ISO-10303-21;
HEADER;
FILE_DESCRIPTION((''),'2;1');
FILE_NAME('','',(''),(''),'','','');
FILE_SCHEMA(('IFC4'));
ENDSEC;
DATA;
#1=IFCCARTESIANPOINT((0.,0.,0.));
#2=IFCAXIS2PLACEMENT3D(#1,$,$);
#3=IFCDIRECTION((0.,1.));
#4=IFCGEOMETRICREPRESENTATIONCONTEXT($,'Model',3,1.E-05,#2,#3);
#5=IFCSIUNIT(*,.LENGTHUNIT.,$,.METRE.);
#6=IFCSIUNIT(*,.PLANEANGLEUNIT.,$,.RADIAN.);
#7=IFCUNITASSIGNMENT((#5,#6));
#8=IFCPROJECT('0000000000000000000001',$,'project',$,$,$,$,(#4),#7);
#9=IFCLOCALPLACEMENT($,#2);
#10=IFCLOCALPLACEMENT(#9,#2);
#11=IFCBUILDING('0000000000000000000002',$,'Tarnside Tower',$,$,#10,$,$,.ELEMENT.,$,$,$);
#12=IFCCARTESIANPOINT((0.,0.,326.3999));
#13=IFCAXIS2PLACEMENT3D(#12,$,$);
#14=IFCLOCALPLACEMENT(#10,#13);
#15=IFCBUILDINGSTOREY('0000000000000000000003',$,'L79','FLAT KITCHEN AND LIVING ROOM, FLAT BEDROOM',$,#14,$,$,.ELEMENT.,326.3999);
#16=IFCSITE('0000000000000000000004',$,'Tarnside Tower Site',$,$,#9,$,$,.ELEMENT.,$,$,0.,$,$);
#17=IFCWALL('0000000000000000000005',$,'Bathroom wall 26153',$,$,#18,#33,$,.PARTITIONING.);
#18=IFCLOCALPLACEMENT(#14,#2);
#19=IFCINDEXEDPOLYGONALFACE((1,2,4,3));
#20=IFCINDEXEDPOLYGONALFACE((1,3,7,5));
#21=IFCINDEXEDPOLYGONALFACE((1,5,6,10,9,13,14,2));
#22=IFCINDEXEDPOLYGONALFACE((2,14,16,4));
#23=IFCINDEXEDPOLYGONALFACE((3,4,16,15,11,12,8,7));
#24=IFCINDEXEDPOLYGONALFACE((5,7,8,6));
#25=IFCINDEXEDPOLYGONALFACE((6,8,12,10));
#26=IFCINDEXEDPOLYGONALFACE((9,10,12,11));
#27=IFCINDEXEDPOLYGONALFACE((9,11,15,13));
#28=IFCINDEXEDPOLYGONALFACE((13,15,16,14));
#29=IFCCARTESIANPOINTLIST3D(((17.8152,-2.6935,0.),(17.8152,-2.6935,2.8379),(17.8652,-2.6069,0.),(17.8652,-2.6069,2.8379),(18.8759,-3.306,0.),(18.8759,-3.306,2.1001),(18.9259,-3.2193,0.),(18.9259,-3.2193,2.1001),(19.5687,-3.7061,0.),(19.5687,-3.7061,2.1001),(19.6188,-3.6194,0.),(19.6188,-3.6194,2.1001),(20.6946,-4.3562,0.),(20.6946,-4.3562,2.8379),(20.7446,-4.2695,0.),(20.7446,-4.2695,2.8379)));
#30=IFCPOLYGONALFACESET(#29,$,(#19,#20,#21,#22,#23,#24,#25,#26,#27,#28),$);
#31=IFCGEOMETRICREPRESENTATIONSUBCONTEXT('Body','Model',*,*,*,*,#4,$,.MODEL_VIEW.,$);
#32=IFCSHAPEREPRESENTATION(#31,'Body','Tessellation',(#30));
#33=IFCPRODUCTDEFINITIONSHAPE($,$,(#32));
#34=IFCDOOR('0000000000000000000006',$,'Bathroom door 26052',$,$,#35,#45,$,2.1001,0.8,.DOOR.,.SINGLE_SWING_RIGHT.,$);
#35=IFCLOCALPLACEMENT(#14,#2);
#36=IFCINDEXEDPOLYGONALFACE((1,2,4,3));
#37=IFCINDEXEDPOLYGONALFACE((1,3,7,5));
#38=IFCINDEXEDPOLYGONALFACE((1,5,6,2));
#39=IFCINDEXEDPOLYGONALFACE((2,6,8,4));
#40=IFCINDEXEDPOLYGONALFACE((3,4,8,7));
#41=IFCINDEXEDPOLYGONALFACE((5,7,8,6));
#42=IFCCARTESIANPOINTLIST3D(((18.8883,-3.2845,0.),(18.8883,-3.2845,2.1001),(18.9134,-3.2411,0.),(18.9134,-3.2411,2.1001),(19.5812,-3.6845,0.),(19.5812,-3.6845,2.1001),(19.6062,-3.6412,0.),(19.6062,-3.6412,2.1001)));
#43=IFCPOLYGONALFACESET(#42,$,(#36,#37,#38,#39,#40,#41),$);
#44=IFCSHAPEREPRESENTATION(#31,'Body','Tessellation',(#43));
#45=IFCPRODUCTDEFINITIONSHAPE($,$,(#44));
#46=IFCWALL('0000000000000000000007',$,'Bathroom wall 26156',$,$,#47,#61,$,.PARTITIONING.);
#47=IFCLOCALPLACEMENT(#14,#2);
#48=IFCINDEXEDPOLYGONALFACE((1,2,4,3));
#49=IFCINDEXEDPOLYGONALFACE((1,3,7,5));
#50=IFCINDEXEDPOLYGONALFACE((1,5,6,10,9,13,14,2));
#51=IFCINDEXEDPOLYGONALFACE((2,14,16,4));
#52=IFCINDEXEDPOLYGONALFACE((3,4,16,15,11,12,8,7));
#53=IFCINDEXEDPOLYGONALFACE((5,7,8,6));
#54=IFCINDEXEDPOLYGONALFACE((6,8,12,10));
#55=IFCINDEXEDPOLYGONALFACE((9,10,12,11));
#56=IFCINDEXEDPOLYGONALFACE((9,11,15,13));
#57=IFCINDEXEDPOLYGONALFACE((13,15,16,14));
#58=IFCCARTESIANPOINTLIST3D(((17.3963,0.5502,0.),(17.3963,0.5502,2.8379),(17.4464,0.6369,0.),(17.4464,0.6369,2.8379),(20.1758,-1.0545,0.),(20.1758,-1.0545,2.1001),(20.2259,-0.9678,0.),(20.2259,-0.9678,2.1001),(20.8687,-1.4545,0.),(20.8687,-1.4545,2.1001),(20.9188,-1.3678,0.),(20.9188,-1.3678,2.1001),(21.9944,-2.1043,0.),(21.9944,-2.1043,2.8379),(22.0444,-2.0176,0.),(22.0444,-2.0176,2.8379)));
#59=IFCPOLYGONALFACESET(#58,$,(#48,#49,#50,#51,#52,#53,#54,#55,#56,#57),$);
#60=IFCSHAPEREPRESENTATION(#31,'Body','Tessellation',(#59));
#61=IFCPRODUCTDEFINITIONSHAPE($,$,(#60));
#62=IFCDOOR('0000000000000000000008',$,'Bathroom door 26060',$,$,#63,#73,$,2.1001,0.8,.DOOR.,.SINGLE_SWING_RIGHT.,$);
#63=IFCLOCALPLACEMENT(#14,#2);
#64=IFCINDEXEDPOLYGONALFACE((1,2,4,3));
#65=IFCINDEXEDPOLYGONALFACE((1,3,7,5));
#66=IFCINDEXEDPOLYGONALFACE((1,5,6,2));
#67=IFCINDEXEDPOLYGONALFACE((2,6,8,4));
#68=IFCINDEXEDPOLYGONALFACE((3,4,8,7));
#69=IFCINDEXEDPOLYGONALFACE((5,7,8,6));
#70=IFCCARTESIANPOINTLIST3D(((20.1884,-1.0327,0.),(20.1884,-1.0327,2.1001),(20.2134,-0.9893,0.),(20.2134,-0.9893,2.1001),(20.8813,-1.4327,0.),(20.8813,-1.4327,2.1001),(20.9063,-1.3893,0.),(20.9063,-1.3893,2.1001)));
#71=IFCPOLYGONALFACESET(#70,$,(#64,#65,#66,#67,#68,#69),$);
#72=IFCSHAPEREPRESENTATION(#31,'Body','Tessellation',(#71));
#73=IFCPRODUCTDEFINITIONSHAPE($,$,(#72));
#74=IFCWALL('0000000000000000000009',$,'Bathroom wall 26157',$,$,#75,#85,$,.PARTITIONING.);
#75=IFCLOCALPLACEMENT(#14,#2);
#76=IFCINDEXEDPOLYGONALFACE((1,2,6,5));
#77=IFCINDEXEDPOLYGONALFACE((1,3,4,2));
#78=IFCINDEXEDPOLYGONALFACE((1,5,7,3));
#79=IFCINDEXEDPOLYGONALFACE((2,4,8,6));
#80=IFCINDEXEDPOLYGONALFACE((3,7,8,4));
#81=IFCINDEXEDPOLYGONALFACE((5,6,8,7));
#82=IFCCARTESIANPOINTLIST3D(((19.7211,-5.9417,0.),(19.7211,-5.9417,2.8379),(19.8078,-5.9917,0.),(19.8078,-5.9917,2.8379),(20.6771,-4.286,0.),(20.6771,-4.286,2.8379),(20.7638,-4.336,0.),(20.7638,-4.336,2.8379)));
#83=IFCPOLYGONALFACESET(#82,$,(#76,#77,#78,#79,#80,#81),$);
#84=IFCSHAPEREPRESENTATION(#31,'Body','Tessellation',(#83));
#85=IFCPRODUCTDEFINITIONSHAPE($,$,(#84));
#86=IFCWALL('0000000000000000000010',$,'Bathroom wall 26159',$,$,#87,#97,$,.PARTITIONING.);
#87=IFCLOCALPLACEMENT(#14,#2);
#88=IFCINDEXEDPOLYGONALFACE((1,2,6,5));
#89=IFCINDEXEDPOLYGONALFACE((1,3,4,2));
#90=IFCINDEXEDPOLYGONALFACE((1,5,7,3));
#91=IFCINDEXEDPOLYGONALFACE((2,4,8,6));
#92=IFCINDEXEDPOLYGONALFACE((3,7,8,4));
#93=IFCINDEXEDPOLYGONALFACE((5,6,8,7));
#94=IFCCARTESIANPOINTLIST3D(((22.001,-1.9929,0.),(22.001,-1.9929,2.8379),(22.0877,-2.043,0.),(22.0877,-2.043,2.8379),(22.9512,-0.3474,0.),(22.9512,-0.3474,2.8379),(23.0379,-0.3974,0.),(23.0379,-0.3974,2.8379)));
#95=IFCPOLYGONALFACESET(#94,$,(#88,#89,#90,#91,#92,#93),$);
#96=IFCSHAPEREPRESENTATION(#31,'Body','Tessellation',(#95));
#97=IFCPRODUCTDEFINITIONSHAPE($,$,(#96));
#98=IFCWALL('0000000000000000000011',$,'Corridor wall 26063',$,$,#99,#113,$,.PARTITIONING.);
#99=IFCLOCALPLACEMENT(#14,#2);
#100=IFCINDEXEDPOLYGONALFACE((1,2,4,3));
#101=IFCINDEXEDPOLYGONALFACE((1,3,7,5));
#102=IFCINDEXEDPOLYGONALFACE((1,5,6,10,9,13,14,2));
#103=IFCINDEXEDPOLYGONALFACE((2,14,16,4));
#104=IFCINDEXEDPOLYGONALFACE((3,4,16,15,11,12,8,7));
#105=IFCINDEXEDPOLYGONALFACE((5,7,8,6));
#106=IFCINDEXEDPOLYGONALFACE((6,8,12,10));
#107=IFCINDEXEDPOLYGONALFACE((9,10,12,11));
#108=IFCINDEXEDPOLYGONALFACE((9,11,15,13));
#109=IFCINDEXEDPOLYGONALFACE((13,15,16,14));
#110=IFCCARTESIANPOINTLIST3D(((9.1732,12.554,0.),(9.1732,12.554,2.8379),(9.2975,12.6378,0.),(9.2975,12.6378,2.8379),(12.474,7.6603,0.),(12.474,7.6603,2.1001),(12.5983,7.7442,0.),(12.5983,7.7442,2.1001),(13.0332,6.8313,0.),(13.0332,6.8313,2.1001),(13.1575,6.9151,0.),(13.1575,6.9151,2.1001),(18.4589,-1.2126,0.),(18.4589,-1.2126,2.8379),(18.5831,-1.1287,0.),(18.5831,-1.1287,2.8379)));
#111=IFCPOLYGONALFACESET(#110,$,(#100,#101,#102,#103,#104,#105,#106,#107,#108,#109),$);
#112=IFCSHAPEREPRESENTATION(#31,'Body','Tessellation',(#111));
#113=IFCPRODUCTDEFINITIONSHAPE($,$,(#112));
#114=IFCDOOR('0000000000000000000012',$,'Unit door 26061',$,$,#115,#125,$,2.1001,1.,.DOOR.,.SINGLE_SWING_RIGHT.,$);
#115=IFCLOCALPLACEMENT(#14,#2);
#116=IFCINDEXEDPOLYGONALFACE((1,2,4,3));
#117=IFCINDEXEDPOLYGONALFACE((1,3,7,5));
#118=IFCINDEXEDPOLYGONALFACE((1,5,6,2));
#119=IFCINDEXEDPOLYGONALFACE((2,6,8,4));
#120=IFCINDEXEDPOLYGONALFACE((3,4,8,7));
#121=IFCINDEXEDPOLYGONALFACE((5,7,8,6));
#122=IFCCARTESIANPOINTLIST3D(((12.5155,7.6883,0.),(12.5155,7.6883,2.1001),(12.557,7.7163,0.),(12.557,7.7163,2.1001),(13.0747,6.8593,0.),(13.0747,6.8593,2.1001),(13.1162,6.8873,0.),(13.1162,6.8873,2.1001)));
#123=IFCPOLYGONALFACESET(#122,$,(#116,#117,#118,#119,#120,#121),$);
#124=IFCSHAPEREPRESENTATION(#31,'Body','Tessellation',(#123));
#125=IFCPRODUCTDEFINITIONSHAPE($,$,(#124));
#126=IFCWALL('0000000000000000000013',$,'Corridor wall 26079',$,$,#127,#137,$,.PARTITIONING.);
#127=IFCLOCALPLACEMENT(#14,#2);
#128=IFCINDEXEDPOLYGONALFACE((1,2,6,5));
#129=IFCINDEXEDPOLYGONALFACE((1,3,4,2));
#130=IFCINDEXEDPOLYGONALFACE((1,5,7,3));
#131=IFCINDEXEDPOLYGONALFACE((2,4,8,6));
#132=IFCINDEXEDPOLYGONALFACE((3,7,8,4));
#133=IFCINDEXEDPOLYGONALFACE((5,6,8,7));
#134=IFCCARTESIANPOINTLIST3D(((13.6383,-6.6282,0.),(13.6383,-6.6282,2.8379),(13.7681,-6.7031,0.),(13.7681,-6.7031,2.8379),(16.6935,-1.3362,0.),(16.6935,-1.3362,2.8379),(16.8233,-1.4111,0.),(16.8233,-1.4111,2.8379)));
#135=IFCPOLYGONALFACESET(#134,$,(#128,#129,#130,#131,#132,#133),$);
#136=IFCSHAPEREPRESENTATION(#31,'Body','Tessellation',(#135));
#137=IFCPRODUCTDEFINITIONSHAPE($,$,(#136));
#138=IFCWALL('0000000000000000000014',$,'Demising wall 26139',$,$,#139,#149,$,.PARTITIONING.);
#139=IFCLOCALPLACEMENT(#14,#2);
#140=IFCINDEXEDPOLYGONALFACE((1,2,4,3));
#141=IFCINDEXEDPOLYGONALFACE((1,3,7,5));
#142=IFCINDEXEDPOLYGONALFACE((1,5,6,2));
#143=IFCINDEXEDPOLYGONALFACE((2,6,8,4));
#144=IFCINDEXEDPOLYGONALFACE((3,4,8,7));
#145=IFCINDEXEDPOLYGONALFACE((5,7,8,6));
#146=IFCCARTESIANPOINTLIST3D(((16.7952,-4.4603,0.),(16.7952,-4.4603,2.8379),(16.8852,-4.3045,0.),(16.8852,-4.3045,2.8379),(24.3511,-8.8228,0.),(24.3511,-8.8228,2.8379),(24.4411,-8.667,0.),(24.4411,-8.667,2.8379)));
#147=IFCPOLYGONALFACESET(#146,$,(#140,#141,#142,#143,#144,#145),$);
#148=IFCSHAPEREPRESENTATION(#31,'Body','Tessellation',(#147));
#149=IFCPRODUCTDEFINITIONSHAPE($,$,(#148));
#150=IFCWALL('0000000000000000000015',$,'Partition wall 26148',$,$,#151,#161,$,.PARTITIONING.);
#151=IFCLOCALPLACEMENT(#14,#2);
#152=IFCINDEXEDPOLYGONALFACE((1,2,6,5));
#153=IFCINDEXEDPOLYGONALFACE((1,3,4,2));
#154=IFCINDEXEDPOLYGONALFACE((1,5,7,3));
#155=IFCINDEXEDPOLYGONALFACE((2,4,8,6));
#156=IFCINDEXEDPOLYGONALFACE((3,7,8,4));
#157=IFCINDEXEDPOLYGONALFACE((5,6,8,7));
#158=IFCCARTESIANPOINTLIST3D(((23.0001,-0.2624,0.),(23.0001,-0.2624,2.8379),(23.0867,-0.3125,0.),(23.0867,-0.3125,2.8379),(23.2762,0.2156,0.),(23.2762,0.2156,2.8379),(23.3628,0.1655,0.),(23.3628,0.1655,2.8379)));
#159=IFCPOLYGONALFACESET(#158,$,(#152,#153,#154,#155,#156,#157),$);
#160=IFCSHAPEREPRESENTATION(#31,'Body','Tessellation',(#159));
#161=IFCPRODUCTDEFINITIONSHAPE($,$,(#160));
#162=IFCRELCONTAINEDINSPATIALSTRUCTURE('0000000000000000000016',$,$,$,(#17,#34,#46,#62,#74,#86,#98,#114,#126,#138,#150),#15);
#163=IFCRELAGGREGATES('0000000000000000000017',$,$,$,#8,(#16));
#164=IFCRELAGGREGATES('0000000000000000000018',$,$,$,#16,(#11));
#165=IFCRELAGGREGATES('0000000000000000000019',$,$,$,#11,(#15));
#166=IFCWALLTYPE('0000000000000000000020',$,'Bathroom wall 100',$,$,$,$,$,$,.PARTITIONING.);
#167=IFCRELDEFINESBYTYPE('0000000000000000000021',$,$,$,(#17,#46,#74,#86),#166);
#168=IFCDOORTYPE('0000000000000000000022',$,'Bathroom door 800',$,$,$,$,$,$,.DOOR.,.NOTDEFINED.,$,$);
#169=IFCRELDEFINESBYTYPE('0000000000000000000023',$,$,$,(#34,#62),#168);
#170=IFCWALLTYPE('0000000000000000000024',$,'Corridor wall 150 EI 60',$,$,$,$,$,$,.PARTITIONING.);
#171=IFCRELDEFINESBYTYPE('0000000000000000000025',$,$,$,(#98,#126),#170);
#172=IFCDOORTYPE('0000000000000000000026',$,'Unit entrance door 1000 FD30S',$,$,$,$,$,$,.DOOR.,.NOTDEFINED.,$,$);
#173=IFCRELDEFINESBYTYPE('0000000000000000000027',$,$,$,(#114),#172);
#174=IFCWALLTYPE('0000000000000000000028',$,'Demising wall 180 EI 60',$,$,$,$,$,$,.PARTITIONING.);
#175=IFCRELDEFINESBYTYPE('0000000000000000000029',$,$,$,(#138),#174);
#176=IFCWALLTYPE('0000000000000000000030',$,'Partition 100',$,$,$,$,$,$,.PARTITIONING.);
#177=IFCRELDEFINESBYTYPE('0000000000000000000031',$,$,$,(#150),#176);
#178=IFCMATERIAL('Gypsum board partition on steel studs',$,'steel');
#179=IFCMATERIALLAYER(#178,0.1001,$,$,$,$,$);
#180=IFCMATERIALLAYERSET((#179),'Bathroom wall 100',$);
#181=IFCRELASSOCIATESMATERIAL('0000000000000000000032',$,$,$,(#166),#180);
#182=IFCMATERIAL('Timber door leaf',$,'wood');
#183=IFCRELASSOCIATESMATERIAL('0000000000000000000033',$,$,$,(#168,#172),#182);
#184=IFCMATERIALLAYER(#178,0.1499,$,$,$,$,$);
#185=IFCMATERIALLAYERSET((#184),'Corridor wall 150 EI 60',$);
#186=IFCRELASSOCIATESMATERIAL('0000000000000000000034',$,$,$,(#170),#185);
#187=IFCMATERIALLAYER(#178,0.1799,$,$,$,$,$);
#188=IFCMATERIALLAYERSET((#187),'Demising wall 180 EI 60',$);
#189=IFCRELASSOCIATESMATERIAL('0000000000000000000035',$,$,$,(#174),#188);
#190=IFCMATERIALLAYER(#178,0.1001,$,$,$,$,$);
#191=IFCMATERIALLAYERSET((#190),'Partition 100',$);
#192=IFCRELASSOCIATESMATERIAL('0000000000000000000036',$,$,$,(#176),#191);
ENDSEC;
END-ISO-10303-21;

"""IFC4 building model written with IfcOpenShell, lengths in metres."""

from ifc_helpers import new_model, si_unit, direction, frame, frame_2d, origin, place, context, subcontext, project, spatial, rectangle, extrude, material, layer, layer_set, type_object, element, fill, save


model = new_model("IFC4")

# Units and contexts
model_context = context("Model", 3, precision=1e-05, world=origin(), true_north=direction((0.0, 1.0)))
body_context = subcontext(model_context, "Body", "Model", "MODEL_VIEW")
ifc_project = project(units=[si_unit("LENGTHUNIT", "METRE"), si_unit("PLANEANGLEUNIT", "RADIAN")], contexts=[model_context])

# Site, building, storey
site_placement = place(None, origin())
site = spatial("IfcSite", under=ifc_project, at=site_placement, Name="Tarnside Tower Site", CompositionType="ELEMENT", RefElevation=0.0)
building_placement = place(site_placement, origin())
building = spatial("IfcBuilding", under=site, at=building_placement, Name="Tarnside Tower", CompositionType="ELEMENT")
storey_placement = place(building_placement, frame((0.0, 0.0, 326.3999)))
storey = spatial("IfcBuildingStorey", under=building, at=storey_placement, Name="L79", Description="FLAT KITCHEN AND LIVING ROOM, FLAT BEDROOM", CompositionType="ELEMENT", Elevation=326.3999)

# Walls, openings, doors
ifc_material_1 = material(Name="Gypsum board partition on steel studs", Category="steel")
ifc_layer_1 = layer(ifc_material_1, 0.1001)
ifc_layer_set_1 = layer_set([ifc_layer_1], Name="Bathroom wall 100")
wall_type_1 = type_object("IfcWallType", Name="Bathroom wall 100", PredefinedType="PARTITIONING", material=ifc_layer_set_1)
wall_1_placement = place(storey_placement, frame((17.8401, -2.6501, 0.0), z_axis=(0.0, 0.0, 1.0), x_axis=(0.866002, -0.50004, 0.0)))
wall_1 = element("IfcWall", 1, at=wall_1_placement, inside=storey, type_object=wall_type_1, Name="Bathroom wall 26153", PredefinedType="PARTITIONING", context=body_context, shape_type="SweptSolid", body=[
    extrude(rectangle(XDim=3.325, YDim=0.1001, at=frame_2d((1.6626, 0.0))), origin(), (0.0, 0.0, 1.0), 2.8379),
])
opening_1_placement = place(wall_1_placement, frame((1.2251, 0.0, 0.0)))
opening_1 = element("IfcOpeningElement", 2, at=opening_1_placement, cuts=wall_1, PredefinedType="OPENING", context=body_context, shape_type="SweptSolid", body=[
    extrude(rectangle(XDim=0.8, YDim=2.1001, at=frame_2d((0.3999, 1.05))), frame((0.0, 0.0601, 0.0), z_axis=(0.0, -1.0, 0.0), x_axis=(1.0, 0.0, 0.0)), (0.0, 0.0, 1.0), 0.1201),
])
ifc_material_2 = material(Name="Timber door leaf", Category="wood")
door_type_1 = type_object("IfcDoorType", Name="Bathroom door 800", OperationType="NOTDEFINED", PredefinedType="DOOR", material=ifc_material_2)
door_1_placement = place(opening_1_placement, origin())
door_1 = element("IfcDoor", 3, at=door_1_placement, inside=storey, type_object=door_type_1, Name="Bathroom door 26052", OperationType="SINGLE_SWING_RIGHT", OverallHeight=2.1001, OverallWidth=0.8, PredefinedType="DOOR", context=body_context, shape_type="SweptSolid", body=[
    extrude(rectangle(XDim=0.8, YDim=2.1001, at=frame_2d((0.3999, 1.05))), frame((0.0, 0.0249, 0.0), z_axis=(0.0, -1.0, 0.0), x_axis=(1.0, 0.0, 0.0)), (0.0, 0.0, 1.0), 0.05),
])
fill(opening_1, door_1)
wall_2_placement = place(storey_placement, frame((22.0195, -2.061, 0.0), z_axis=(0.0, 0.0, 1.0), x_axis=(-0.866042, 0.499972, 0.0)))
wall_2 = element("IfcWall", 4, at=wall_2_placement, inside=storey, type_object=wall_type_1, Name="Bathroom wall 26156", PredefinedType="PARTITIONING", context=body_context, shape_type="SweptSolid", body=[
    extrude(rectangle(XDim=5.3093, YDim=0.1001, at=frame_2d((2.6548, 0.0))), origin(), (0.0, 0.0, 1.0), 2.8379),
])
opening_2_placement = place(wall_2_placement, frame((1.3, 0.0, 0.0)))
opening_2 = element("IfcOpeningElement", 5, at=opening_2_placement, cuts=wall_2, PredefinedType="OPENING", context=body_context, shape_type="SweptSolid", body=[
    extrude(rectangle(XDim=0.8, YDim=2.1001, at=frame_2d((0.3999, 1.05))), frame((0.0, 0.0601, 0.0), z_axis=(0.0, -1.0, 0.0), x_axis=(1.0, 0.0, 0.0)), (0.0, 0.0, 1.0), 0.1201),
])
door_2_placement = place(opening_2_placement, origin())
door_2 = element("IfcDoor", 6, at=door_2_placement, inside=storey, type_object=door_type_1, Name="Bathroom door 26060", OperationType="SINGLE_SWING_RIGHT", OverallHeight=2.1001, OverallWidth=0.8, PredefinedType="DOOR", context=body_context, shape_type="SweptSolid", body=[
    extrude(rectangle(XDim=0.8, YDim=2.1001, at=frame_2d((0.3999, 1.05))), frame((0.0, 0.0249, 0.0), z_axis=(0.0, -1.0, 0.0), x_axis=(1.0, 0.0, 0.0)), (0.0, 0.0, 1.0), 0.05),
])
fill(opening_2, door_2)

# Walls
wall_3_placement = place(storey_placement, frame((19.7644, -5.9668, 0.0), z_axis=(0.0, 0.0, 1.0), x_axis=(0.500039, 0.866003, 0.0)))
element("IfcWall", 7, at=wall_3_placement, inside=storey, type_object=wall_type_1, Name="Bathroom wall 26157", PredefinedType="PARTITIONING", context=body_context, shape_type="SweptSolid", body=[
    extrude(rectangle(XDim=1.9119, YDim=0.1001, at=frame_2d((0.9561, 0.0))), origin(), (0.0, 0.0, 1.0), 2.8379),
])
wall_4_placement = place(storey_placement, frame((22.9946, -0.3723, 0.0), z_axis=(0.0, 0.0, 1.0), x_axis=(-0.500064, -0.865989, 0.0)))
element("IfcWall", 8, at=wall_4_placement, inside=storey, type_object=wall_type_1, Name="Bathroom wall 26159", PredefinedType="PARTITIONING", context=body_context, shape_type="SweptSolid", body=[
    extrude(rectangle(XDim=1.9001, YDim=0.1001, at=frame_2d((0.9502, 0.0))), origin(), (0.0, 0.0, 1.0), 2.8379),
])

# Wall, opening, door
ifc_layer_2 = layer(ifc_material_1, 0.1499)
ifc_layer_set_2 = layer_set([ifc_layer_2], Name="Corridor wall 150 EI 60")
wall_type_2 = type_object("IfcWallType", Name="Corridor wall 150 EI 60", PredefinedType="PARTITIONING", material=ifc_layer_set_2)
wall_5_placement = place(storey_placement, frame((18.521, -1.1707, 0.0), z_axis=(0.0, 0.0, 1.0), x_axis=(-0.559191, 0.829039, 0.0)))
wall_5 = element("IfcWall", 9, at=wall_5_placement, inside=storey, type_object=wall_type_2, Name="Corridor wall 26063", PredefinedType="PARTITIONING", context=body_context, shape_type="SweptSolid", body=[
    extrude(rectangle(XDim=16.6055, YDim=0.1499, at=frame_2d((8.3027, 0.0))), origin(), (0.0, 0.0, 1.0), 2.8379),
])
opening_3_placement = place(wall_5_placement, frame((9.7026, 0.0, 0.0)))
opening_3 = element("IfcOpeningElement", 10, at=opening_3_placement, cuts=wall_5, PredefinedType="OPENING", context=body_context, shape_type="SweptSolid", body=[
    extrude(rectangle(XDim=1.0, YDim=2.1001, at=frame_2d((0.5, 1.05))), frame((0.0, 0.085, 0.0), z_axis=(0.0, -1.0, 0.0), x_axis=(1.0, 0.0, 0.0)), (0.0, 0.0, 1.0), 0.1699),
])
door_type_2 = type_object("IfcDoorType", Name="Unit entrance door 1000 FD30S", OperationType="NOTDEFINED", PredefinedType="DOOR", material=ifc_material_2)
door_3_placement = place(opening_3_placement, origin())
door_3 = element("IfcDoor", 11, at=door_3_placement, inside=storey, type_object=door_type_2, Name="Unit door 26061", OperationType="SINGLE_SWING_RIGHT", OverallHeight=2.1001, OverallWidth=1.0, PredefinedType="DOOR", context=body_context, shape_type="SweptSolid", body=[
    extrude(rectangle(XDim=1.0, YDim=2.1001, at=frame_2d((0.5, 1.05))), frame((0.0, 0.0249, 0.0), z_axis=(0.0, -1.0, 0.0), x_axis=(1.0, 0.0, 0.0)), (0.0, 0.0, 1.0), 0.05),
])
fill(opening_3, door_3)

# Walls
wall_6_placement = place(storey_placement, frame((16.7583, -1.3738, 0.0), z_axis=(0.0, 0.0, 1.0), x_axis=(-0.499981, -0.866037, 0.0)))
element("IfcWall", 12, at=wall_6_placement, inside=storey, type_object=wall_type_2, Name="Corridor wall 26079", PredefinedType="PARTITIONING", context=body_context, shape_type="SweptSolid", body=[
    extrude(rectangle(XDim=6.1106, YDim=0.1499, at=frame_2d((3.0552, 0.0))), origin(), (0.0, 0.0, 1.0), 2.8379),
])
ifc_layer_3 = layer(ifc_material_1, 0.1799)
ifc_layer_set_3 = layer_set([ifc_layer_3], Name="Demising wall 180 EI 60")
wall_type_3 = type_object("IfcWallType", Name="Demising wall 180 EI 60", PredefinedType="PARTITIONING", material=ifc_layer_set_3)
wall_7_placement = place(storey_placement, frame((24.396, -8.7449, 0.0), z_axis=(0.0, 0.0, 1.0), x_axis=(-0.866018, 0.500012, 0.0)))
element("IfcWall", 13, at=wall_7_placement, inside=storey, type_object=wall_type_3, Name="Demising wall 26139", PredefinedType="PARTITIONING", context=body_context, shape_type="SweptSolid", body=[
    extrude(rectangle(XDim=8.7249, YDim=0.1799, at=frame_2d((4.3623, 0.0))), origin(), (0.0, 0.0, 1.0), 2.8379),
])
ifc_layer_4 = layer(ifc_material_1, 0.1001)
ifc_layer_set_4 = layer_set([ifc_layer_4], Name="Partition 100")
wall_type_4 = type_object("IfcWallType", Name="Partition 100", PredefinedType="PARTITIONING", material=ifc_layer_set_4)
wall_8_placement = place(storey_placement, frame((23.0435, -0.2874, 0.0), z_axis=(0.0, 0.0, 1.0), x_axis=(0.500182, 0.86592, 0.0)))
element("IfcWall", 14, at=wall_8_placement, inside=storey, type_object=wall_type_4, Name="Partition wall 26148", PredefinedType="PARTITIONING", context=body_context, shape_type="SweptSolid", body=[
    extrude(rectangle(XDim=0.552, YDim=0.1001, at=frame_2d((0.2759, 0.0))), origin(), (0.0, 0.0, 1.0), 2.8379),
])

save(model, "model.ifc")
